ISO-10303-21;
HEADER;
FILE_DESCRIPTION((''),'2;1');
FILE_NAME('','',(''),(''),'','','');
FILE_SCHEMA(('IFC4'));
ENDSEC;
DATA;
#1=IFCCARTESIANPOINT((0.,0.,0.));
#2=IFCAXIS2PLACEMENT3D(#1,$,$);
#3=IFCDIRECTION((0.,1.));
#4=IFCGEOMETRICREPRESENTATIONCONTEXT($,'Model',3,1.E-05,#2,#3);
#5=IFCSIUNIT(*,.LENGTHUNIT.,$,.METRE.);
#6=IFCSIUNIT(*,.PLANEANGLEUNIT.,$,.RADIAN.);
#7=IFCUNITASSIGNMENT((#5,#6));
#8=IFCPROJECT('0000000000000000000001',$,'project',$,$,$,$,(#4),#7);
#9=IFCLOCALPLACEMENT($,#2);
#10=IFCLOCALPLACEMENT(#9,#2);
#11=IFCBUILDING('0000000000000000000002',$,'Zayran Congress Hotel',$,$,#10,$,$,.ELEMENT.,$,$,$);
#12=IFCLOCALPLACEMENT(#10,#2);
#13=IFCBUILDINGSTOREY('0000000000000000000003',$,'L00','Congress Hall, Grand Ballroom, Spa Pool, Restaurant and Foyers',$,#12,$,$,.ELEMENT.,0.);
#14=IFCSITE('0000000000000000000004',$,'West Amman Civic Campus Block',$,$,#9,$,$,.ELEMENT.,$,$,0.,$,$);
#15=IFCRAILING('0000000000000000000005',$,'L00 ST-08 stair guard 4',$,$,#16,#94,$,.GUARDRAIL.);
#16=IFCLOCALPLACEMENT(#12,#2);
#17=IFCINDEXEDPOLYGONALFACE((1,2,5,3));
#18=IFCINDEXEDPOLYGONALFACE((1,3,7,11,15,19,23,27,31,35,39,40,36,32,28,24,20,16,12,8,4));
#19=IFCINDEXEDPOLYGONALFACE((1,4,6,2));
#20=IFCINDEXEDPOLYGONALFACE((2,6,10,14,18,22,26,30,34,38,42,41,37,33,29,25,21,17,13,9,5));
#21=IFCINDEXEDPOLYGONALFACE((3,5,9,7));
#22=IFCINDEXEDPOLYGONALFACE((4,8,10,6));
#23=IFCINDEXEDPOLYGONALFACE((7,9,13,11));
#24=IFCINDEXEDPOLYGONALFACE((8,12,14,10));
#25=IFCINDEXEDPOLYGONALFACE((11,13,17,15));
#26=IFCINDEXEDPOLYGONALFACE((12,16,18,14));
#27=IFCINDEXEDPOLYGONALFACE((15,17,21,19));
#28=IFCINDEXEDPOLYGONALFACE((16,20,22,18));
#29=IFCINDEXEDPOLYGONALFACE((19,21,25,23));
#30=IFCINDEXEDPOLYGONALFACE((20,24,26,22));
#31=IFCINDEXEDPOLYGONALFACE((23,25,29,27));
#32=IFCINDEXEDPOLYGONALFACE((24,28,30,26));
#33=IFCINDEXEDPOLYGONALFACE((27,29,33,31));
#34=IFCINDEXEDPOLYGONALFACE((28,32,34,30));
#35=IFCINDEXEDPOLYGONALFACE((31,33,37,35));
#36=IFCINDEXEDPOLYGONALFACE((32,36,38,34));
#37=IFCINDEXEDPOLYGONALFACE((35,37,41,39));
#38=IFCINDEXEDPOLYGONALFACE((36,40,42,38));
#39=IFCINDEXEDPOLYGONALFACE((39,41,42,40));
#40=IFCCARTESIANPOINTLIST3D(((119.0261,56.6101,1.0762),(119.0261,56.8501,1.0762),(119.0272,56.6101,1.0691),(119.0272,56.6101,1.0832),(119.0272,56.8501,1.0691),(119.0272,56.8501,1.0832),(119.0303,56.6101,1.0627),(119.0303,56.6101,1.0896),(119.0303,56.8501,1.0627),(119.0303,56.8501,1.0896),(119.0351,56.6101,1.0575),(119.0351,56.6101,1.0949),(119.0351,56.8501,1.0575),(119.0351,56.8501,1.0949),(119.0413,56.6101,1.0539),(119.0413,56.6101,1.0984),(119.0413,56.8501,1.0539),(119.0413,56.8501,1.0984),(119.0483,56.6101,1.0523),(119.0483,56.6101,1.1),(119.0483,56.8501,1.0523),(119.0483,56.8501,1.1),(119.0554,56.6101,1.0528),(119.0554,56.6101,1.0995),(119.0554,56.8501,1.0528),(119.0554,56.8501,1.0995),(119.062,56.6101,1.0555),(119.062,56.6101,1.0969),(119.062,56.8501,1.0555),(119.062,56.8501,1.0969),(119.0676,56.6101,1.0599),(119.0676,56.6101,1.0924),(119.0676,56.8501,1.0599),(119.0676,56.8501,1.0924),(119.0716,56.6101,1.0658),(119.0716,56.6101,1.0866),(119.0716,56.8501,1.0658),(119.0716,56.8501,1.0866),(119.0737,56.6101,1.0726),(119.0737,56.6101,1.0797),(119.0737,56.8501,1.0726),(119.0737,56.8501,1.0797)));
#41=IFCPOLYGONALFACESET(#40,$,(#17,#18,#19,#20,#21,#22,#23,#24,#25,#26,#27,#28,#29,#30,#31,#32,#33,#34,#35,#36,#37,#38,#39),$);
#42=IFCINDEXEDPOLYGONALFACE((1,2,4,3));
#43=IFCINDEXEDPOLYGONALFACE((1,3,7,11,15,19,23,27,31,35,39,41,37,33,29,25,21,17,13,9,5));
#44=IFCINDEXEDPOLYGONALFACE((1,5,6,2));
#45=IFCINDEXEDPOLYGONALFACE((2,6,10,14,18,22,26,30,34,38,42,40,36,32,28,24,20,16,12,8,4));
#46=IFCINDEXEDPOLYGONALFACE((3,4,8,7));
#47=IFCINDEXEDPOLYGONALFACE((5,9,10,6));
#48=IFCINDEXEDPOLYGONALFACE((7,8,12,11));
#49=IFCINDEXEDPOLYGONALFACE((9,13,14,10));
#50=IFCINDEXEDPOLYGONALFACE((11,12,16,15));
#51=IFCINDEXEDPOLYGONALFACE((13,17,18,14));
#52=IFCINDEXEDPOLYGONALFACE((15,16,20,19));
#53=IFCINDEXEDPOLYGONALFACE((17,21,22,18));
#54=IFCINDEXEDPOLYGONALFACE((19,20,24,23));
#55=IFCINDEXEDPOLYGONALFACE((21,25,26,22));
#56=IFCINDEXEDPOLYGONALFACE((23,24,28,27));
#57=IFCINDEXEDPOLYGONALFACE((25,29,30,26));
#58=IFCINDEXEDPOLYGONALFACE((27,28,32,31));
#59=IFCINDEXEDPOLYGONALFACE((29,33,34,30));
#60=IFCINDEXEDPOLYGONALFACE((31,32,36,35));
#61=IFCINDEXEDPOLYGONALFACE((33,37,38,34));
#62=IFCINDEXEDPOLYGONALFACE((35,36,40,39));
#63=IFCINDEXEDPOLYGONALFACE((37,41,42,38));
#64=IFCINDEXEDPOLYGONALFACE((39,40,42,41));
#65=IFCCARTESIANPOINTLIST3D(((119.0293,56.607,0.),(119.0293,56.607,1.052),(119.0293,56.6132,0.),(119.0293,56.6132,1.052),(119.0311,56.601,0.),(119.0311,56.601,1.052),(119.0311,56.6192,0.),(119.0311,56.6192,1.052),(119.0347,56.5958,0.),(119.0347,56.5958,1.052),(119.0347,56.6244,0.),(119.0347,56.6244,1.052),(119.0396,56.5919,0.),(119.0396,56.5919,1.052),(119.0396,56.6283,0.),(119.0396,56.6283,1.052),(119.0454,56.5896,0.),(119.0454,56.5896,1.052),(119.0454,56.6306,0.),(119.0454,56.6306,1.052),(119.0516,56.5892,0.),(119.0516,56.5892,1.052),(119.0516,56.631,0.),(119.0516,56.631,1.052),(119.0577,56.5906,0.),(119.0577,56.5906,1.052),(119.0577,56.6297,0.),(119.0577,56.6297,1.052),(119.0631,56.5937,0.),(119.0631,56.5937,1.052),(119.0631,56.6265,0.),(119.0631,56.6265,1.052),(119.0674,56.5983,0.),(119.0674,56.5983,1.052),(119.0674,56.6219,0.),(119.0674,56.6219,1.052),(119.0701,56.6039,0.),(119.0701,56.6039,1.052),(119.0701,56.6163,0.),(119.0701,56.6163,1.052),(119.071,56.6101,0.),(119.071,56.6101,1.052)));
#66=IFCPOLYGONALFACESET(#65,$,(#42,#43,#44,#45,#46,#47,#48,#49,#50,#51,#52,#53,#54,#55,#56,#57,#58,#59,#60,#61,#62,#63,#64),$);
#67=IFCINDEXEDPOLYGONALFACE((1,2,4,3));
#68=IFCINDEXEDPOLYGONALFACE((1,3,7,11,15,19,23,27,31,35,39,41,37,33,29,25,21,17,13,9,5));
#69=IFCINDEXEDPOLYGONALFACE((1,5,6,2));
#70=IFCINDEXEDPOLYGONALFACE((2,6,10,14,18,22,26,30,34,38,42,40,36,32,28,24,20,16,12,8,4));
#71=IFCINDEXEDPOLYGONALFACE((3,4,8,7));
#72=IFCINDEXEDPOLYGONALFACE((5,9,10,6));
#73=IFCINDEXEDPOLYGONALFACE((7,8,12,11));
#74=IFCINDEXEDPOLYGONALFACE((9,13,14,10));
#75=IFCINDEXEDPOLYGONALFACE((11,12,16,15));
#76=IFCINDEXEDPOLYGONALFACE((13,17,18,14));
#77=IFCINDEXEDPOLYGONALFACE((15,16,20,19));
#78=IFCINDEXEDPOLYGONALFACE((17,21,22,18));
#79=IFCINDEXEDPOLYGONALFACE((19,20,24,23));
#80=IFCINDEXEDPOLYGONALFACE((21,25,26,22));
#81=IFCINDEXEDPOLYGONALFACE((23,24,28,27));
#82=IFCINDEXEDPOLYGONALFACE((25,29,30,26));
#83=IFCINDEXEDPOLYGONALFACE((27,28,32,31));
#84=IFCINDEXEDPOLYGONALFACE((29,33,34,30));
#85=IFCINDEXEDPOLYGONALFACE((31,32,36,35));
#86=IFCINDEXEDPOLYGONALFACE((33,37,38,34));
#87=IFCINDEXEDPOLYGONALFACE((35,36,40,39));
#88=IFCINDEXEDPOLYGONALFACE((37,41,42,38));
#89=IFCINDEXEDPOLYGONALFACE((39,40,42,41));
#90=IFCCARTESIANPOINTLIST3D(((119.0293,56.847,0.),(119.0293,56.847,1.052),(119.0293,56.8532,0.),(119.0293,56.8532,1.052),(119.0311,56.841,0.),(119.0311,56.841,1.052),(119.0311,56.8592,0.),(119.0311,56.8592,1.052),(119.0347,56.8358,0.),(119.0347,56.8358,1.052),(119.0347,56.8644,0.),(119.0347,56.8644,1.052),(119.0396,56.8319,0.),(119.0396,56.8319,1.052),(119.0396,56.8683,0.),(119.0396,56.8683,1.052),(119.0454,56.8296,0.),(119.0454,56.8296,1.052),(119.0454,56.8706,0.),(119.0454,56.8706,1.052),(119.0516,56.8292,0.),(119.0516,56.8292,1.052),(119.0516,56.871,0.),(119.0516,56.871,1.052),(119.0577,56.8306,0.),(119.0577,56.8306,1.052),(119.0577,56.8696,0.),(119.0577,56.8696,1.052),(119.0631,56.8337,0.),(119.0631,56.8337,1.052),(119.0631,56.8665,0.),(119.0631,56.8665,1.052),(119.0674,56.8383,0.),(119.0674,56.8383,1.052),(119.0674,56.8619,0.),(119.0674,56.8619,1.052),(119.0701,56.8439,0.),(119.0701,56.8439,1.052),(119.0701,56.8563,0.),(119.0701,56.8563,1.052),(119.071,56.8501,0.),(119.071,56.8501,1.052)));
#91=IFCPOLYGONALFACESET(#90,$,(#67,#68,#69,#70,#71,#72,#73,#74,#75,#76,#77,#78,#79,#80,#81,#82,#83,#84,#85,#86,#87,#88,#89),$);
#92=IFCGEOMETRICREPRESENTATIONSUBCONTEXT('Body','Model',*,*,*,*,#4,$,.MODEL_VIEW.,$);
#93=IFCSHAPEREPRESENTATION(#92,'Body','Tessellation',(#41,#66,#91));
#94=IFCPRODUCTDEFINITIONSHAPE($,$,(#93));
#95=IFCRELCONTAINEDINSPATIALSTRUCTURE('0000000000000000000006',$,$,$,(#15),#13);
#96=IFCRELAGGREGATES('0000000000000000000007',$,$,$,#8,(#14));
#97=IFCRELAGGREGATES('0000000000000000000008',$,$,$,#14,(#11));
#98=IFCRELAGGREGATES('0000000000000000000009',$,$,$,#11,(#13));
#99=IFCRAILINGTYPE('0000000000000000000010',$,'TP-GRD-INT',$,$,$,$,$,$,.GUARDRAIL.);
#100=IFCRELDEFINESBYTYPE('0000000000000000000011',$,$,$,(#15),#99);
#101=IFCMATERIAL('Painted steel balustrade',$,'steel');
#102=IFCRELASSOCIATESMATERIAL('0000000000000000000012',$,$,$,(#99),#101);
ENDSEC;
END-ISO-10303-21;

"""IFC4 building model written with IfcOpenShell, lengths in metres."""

from ifc_helpers import new_model, si_unit, direction, frame, origin, origin_2d, place, context, subcontext, project, spatial, circle, extrude, material, type_object, element, save


model = new_model("IFC4")

# Units and contexts
model_context = context("Model", 3, precision=1e-05, world=origin(), true_north=direction((0.0, 1.0)))
body_context = subcontext(model_context, "Body", "Model", "MODEL_VIEW")
ifc_project = project(units=[si_unit("LENGTHUNIT", "METRE"), si_unit("PLANEANGLEUNIT", "RADIAN")], contexts=[model_context])

# Site, building, storey
site_placement = place(None, origin())
site = spatial("IfcSite", under=ifc_project, at=site_placement, Name="West Amman Civic Campus Block", CompositionType="ELEMENT", RefElevation=0.0)
building_placement = place(site_placement, origin())
building = spatial("IfcBuilding", under=site, at=building_placement, Name="Zayran Congress Hotel", CompositionType="ELEMENT")
storey_placement = place(building_placement, origin())
storey = spatial("IfcBuildingStorey", under=building, at=storey_placement, Name="L00", Description="Congress Hall, Grand Ballroom, Spa Pool, Restaurant and Foyers", CompositionType="ELEMENT", Elevation=0.0)

# Railing
ifc_material_1 = material(Name="Painted steel balustrade", Category="steel")
railing_type_1 = type_object("IfcRailingType", Name="TP-GRD-INT", PredefinedType="GUARDRAIL", material=ifc_material_1)
railing_1_placement = place(storey_placement, frame((119.05, 56.6101, 0.0)))
element("IfcRailing", 1, at=railing_1_placement, inside=storey, type_object=railing_type_1, Name="L00 ST-08 stair guard 4", PredefinedType="GUARDRAIL", context=body_context, shape_type="SweptSolid", body=[
    extrude(circle(Radius=0.0239, at=origin_2d()), frame((0.0, 0.0, 1.0762), z_axis=(0.0, 1.0, 0.0), x_axis=(-1.0, 0.0, 0.0)), (0.0, 0.0, 1.0), 0.24),
    extrude(circle(Radius=0.021, at=origin_2d()), origin(), (0.0, 0.0, 1.0), 1.052),
    extrude(circle(Radius=0.021, at=origin_2d()), frame((0.0, 0.24, 0.0)), (0.0, 0.0, 1.0), 1.052),
])

save(model, "model.ifc")
